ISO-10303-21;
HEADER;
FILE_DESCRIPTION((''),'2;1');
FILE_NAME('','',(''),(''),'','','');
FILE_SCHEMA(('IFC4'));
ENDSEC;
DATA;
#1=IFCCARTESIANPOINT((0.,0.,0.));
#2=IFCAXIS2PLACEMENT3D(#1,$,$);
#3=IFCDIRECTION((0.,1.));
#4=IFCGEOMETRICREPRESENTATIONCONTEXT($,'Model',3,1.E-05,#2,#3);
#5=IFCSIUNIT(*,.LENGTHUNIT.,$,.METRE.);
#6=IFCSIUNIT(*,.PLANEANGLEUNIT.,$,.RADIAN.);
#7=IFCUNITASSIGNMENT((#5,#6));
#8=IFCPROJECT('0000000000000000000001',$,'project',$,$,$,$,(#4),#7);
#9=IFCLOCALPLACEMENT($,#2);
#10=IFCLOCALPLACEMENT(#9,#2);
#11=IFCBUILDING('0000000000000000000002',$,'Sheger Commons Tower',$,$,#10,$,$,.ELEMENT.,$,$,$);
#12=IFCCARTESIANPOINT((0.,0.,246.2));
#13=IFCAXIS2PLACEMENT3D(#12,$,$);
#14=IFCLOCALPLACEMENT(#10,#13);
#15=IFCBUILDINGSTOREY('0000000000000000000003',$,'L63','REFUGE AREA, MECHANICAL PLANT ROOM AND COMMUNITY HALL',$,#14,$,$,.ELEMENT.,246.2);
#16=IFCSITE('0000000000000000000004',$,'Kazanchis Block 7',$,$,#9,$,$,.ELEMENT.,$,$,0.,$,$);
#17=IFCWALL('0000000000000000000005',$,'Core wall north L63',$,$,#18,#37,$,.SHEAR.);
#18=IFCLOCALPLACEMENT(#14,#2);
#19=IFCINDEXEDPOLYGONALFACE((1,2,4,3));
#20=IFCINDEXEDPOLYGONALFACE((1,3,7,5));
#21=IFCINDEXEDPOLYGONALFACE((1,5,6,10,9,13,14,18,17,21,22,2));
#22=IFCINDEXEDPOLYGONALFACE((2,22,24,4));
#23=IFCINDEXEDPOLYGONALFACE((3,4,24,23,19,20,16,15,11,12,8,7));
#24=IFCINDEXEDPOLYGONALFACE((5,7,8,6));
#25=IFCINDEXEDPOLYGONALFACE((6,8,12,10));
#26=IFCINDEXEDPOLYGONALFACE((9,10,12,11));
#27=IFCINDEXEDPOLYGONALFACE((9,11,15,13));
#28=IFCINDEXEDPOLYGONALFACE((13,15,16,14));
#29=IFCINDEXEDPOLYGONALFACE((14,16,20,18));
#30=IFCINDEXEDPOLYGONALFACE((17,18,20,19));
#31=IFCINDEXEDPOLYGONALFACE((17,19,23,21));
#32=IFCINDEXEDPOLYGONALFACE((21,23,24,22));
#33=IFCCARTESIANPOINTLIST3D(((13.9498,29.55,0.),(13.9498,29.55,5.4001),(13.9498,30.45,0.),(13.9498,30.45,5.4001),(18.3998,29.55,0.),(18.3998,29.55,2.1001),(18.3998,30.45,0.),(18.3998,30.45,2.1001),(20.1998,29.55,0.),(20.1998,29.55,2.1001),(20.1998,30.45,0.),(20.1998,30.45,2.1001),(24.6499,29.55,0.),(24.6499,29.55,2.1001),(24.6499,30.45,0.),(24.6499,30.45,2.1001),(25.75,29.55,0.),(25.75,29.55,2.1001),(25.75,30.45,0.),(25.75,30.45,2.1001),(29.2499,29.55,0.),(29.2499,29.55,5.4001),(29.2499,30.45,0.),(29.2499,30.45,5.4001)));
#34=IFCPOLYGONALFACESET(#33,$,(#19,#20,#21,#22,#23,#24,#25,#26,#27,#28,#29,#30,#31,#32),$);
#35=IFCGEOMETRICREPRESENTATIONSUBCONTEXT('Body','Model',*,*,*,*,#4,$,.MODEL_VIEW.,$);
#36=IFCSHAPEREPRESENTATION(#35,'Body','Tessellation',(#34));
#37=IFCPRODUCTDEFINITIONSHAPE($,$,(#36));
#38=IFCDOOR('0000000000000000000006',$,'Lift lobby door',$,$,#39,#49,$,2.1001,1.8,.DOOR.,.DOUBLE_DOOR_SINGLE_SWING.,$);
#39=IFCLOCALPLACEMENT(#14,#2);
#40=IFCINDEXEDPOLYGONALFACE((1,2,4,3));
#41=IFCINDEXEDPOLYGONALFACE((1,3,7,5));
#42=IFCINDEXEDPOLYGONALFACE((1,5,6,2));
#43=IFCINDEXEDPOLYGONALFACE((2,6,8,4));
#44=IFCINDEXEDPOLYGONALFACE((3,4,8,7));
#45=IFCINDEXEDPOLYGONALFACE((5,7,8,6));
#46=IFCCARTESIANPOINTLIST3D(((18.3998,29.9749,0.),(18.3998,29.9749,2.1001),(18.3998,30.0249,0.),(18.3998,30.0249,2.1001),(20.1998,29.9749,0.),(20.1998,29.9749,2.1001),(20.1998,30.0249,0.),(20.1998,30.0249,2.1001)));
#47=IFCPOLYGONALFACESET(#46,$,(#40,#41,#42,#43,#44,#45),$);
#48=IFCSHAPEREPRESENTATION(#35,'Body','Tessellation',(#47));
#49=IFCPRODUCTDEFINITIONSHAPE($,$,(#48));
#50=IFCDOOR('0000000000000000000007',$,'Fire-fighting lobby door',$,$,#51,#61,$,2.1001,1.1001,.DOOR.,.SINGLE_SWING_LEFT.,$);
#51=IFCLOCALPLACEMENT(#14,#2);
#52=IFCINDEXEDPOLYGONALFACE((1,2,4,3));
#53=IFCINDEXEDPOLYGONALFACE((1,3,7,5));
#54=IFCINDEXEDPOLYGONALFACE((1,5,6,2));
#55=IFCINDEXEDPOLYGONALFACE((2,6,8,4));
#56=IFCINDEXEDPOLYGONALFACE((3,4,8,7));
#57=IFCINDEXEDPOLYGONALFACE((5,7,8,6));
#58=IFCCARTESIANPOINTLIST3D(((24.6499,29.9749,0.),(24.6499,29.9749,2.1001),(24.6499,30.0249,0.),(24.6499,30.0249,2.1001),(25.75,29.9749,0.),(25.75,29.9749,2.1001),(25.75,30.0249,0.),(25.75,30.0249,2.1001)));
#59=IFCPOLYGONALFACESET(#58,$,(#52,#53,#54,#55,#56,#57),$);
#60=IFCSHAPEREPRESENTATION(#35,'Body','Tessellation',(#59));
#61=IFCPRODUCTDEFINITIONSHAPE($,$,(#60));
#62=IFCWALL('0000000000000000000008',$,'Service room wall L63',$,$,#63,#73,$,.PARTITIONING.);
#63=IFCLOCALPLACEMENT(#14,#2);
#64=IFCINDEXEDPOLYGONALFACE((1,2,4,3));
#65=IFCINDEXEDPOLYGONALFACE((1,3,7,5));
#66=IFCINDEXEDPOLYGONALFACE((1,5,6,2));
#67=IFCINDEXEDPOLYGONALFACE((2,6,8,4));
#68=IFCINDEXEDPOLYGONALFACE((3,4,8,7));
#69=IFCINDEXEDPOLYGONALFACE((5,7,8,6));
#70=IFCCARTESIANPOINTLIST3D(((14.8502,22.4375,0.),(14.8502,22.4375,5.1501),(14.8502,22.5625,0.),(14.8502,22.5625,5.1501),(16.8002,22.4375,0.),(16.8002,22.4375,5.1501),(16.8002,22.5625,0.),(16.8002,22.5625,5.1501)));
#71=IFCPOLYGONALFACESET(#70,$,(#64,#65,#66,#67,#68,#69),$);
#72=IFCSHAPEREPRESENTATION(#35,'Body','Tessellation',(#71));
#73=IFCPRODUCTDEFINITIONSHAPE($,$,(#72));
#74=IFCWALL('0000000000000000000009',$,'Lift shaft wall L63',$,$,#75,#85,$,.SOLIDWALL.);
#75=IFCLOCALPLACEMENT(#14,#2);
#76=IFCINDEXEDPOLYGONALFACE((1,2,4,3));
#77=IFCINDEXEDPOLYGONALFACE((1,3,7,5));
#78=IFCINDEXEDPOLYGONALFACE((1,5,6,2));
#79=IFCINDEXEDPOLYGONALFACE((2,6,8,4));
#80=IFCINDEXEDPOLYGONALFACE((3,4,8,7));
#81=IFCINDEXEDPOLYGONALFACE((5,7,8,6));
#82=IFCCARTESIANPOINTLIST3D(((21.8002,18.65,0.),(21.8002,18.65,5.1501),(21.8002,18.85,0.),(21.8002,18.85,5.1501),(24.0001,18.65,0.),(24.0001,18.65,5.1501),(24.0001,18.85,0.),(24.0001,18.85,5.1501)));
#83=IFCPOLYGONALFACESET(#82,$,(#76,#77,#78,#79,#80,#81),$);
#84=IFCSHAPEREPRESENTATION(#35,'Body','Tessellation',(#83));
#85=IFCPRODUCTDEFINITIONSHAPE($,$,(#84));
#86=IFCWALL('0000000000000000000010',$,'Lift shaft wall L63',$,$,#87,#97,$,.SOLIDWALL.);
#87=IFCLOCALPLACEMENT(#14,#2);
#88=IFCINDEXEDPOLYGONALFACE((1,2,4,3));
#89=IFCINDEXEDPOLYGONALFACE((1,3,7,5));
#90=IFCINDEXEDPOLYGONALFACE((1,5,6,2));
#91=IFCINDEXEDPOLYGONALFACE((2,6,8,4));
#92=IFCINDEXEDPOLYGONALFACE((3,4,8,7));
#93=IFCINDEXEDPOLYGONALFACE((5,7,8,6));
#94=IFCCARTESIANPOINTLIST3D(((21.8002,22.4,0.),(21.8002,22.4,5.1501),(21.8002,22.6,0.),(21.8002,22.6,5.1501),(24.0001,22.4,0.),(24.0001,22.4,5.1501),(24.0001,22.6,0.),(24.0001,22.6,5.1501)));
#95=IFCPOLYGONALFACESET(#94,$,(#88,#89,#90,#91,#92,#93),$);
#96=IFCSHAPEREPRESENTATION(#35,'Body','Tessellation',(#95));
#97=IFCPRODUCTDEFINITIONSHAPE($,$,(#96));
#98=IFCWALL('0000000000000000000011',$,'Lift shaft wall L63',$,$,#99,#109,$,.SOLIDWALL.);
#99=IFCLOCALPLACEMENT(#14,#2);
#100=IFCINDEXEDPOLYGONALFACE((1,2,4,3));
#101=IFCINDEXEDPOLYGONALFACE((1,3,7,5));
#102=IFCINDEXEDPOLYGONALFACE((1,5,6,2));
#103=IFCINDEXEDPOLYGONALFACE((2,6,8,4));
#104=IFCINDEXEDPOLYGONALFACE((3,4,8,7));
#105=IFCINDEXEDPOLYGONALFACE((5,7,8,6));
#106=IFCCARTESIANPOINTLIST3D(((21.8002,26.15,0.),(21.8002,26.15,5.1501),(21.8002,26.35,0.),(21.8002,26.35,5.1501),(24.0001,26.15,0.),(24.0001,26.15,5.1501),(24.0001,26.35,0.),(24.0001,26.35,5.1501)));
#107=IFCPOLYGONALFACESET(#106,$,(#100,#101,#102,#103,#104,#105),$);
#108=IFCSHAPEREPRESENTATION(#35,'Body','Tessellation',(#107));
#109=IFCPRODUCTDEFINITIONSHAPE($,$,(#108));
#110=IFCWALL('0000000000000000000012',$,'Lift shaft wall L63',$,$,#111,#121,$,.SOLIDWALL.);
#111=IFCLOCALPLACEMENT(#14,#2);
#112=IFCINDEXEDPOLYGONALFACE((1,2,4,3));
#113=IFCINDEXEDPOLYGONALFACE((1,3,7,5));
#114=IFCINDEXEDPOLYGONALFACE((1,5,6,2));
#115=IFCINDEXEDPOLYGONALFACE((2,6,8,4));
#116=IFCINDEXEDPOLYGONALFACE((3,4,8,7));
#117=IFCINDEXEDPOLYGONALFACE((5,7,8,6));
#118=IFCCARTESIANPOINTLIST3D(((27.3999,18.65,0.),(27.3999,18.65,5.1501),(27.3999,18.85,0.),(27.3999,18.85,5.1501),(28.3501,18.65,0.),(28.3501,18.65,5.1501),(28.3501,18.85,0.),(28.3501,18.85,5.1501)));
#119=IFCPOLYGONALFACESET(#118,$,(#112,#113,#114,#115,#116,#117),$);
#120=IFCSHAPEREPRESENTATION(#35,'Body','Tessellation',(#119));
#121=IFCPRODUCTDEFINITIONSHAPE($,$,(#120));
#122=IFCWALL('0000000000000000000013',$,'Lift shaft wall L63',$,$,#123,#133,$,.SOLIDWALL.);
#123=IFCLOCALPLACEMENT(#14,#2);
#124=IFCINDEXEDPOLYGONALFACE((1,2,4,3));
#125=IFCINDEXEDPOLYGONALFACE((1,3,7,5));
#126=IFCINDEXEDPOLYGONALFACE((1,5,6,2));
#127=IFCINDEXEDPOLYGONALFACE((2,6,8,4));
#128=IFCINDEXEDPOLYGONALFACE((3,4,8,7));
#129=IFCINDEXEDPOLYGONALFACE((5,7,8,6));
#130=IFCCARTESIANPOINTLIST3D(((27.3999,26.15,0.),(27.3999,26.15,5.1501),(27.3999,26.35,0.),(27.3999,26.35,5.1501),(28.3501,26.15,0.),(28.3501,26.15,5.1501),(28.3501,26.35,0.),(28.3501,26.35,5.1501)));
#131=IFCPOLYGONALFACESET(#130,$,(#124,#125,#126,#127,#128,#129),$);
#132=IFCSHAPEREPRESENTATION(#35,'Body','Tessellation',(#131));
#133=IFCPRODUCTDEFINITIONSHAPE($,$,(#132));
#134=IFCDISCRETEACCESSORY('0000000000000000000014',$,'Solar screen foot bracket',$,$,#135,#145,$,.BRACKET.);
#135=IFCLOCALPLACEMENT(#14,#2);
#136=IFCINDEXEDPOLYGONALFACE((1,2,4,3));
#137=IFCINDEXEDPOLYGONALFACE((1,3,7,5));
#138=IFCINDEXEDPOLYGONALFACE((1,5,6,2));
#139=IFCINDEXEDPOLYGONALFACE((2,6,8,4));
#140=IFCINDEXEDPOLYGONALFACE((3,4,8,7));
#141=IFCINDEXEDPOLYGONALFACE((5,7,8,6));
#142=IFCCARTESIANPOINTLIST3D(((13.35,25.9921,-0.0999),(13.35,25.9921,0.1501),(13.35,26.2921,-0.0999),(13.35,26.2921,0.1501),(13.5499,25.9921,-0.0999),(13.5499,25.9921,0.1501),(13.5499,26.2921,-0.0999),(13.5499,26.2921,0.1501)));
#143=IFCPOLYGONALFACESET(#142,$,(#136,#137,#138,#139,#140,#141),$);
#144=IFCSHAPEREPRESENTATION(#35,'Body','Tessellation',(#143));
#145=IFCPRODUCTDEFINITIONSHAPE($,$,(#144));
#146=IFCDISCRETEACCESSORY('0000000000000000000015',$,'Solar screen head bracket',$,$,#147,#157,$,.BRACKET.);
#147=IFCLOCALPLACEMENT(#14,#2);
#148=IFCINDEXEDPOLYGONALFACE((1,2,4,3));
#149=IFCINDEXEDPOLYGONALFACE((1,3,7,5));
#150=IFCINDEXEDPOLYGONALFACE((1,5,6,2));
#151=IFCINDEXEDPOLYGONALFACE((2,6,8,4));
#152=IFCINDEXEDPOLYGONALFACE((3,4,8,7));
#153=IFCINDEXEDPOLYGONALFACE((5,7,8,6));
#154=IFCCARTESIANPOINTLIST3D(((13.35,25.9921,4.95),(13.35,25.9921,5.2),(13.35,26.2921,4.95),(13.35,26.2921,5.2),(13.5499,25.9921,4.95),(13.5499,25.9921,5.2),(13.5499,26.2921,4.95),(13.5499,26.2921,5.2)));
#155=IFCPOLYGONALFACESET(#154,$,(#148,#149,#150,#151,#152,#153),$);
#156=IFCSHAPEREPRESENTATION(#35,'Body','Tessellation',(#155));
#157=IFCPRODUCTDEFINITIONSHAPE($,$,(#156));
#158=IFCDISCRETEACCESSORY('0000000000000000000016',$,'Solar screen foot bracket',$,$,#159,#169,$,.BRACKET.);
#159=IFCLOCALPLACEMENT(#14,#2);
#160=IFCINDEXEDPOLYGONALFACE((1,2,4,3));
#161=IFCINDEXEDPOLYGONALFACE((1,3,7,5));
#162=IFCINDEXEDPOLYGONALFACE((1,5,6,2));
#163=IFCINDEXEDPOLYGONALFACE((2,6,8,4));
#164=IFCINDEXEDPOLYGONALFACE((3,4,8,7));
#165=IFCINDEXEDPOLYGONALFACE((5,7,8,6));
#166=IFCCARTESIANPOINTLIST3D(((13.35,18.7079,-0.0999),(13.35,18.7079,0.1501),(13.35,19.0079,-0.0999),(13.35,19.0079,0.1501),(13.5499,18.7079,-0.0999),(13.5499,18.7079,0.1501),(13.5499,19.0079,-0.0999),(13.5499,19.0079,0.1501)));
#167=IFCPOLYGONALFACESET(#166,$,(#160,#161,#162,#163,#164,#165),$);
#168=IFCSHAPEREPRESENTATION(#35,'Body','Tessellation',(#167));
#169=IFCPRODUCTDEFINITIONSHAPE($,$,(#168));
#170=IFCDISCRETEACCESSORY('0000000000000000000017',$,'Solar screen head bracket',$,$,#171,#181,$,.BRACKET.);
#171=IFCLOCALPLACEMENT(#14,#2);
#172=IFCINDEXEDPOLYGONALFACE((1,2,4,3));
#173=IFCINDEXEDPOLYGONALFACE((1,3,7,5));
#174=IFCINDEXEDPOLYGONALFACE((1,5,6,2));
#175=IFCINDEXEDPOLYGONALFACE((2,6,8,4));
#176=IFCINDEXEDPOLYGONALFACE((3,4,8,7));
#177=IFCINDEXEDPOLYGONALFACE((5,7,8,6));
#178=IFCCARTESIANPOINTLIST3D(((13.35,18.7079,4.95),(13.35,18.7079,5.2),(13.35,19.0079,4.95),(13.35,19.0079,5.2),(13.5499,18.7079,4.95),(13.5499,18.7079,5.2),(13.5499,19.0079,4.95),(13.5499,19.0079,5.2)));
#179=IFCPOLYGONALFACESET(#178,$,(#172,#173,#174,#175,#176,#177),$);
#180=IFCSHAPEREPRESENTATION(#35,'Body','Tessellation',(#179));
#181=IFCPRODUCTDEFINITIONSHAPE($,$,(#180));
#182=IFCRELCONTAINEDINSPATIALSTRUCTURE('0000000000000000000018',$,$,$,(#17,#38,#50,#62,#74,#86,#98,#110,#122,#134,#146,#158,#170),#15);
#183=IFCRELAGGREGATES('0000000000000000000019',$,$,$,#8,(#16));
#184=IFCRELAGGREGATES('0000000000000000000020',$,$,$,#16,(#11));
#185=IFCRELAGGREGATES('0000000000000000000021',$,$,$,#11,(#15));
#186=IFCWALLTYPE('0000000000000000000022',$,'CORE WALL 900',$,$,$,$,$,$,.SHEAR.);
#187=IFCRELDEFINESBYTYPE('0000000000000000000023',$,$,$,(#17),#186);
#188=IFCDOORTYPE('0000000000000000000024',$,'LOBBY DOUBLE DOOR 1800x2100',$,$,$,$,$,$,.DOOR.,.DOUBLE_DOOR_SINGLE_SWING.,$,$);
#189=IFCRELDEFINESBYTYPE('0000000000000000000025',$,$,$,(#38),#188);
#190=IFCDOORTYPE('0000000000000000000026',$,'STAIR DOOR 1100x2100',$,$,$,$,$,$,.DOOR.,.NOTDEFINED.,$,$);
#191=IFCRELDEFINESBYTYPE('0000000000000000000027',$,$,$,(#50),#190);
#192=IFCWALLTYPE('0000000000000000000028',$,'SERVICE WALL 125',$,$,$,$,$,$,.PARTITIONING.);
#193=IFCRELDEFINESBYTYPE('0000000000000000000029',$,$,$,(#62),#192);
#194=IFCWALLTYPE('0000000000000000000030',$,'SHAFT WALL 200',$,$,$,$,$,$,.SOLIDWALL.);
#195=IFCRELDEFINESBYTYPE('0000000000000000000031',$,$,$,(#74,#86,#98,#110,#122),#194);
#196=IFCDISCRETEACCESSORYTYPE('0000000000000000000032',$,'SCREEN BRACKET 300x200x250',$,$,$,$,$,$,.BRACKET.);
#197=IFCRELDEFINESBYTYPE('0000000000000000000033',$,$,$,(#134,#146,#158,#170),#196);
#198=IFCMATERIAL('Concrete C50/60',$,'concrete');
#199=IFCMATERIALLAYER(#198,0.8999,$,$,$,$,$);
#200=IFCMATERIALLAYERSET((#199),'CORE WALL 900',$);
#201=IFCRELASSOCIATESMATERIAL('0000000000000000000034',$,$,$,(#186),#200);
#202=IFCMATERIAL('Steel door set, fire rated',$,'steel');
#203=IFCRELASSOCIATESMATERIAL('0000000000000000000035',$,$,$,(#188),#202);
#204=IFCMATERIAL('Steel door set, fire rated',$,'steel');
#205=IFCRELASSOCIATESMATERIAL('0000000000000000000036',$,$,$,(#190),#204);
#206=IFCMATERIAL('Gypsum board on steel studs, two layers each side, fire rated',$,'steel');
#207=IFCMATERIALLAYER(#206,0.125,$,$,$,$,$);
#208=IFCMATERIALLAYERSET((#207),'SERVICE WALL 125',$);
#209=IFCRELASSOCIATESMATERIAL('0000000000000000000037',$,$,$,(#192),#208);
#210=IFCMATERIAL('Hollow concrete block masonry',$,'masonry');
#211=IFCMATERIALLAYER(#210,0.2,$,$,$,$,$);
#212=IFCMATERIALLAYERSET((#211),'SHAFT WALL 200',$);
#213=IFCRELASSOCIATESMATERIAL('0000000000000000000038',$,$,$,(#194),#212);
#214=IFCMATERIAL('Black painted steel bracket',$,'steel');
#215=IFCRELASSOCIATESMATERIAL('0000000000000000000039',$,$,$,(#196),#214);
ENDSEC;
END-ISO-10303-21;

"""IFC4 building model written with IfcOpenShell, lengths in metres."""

from ifc_helpers import new_model, si_unit, direction, frame, frame_2d, origin, origin_2d, place, context, subcontext, project, spatial, rectangle, extrude, material, layer, layer_set, type_object, element, fill, save


model = new_model("IFC4")

# Units and contexts
model_context = context("Model", 3, precision=1e-05, world=origin(), true_north=direction((0.0, 1.0)))
body_context = subcontext(model_context, "Body", "Model", "MODEL_VIEW")
ifc_project = project(units=[si_unit("LENGTHUNIT", "METRE"), si_unit("PLANEANGLEUNIT", "RADIAN")], contexts=[model_context])

# Site, building, storey
site_placement = place(None, origin())
site = spatial("IfcSite", under=ifc_project, at=site_placement, Name="Kazanchis Block 7", CompositionType="ELEMENT", RefElevation=0.0)
building_placement = place(site_placement, origin())
building = spatial("IfcBuilding", under=site, at=building_placement, Name="Sheger Commons Tower", CompositionType="ELEMENT")
storey_placement = place(building_placement, frame((0.0, 0.0, 246.2)))
storey = spatial("IfcBuildingStorey", under=building, at=storey_placement, Name="L63", Description="REFUGE AREA, MECHANICAL PLANT ROOM AND COMMUNITY HALL", CompositionType="ELEMENT", Elevation=246.2)

# Wall, openings, doors
ifc_material_1 = material(Name="Concrete C50/60", Category="concrete")
ifc_layer_1 = layer(ifc_material_1, 0.8999)
ifc_layer_set_1 = layer_set([ifc_layer_1], Name="CORE WALL 900")
wall_type_1 = type_object("IfcWallType", Name="CORE WALL 900", PredefinedType="SHEAR", material=ifc_layer_set_1)
wall_1_placement = place(storey_placement, frame((13.95, 30.0, 0.0), z_axis=(0.0, 0.0, 1.0), x_axis=(1.0, 0.0, 0.0)))
wall_1 = element("IfcWall", 1, at=wall_1_placement, inside=storey, type_object=wall_type_1, Name="Core wall north L63", PredefinedType="SHEAR", context=body_context, shape_type="SweptSolid", body=[
    extrude(rectangle(XDim=15.3, YDim=0.8999, at=frame_2d((7.6499, 0.0))), origin(), (0.0, 0.0, 1.0), 5.4001),
])
opening_1_placement = place(wall_1_placement, frame((4.45, 0.0, 0.0)))
opening_1 = element("IfcOpeningElement", 2, at=opening_1_placement, cuts=wall_1, PredefinedType="OPENING", context=body_context, shape_type="SweptSolid", body=[
    extrude(rectangle(XDim=1.8, YDim=2.1001, at=frame_2d((0.8999, 1.05))), frame((0.0, 0.46, 0.0), z_axis=(0.0, -1.0, 0.0), x_axis=(1.0, 0.0, 0.0)), (0.0, 0.0, 1.0), 0.9199),
])
opening_2_placement = place(wall_1_placement, frame((10.7, 0.0, 0.0)))
opening_2 = element("IfcOpeningElement", 3, at=opening_2_placement, cuts=wall_1, PredefinedType="OPENING", context=body_context, shape_type="SweptSolid", body=[
    extrude(rectangle(XDim=1.1001, YDim=2.1001, at=frame_2d((0.55, 1.05))), frame((0.0, 0.46, 0.0), z_axis=(0.0, -1.0, 0.0), x_axis=(1.0, 0.0, 0.0)), (0.0, 0.0, 1.0), 0.9199),
])
ifc_material_2 = material(Name="Steel door set, fire rated", Category="steel")
door_type_1 = type_object("IfcDoorType", Name="LOBBY DOUBLE DOOR 1800x2100", OperationType="DOUBLE_DOOR_SINGLE_SWING", PredefinedType="DOOR", material=ifc_material_2)
door_1_placement = place(opening_1_placement, origin())
door_1 = element("IfcDoor", 4, at=door_1_placement, inside=storey, type_object=door_type_1, Name="Lift lobby door", OperationType="DOUBLE_DOOR_SINGLE_SWING", OverallHeight=2.1001, OverallWidth=1.8, PredefinedType="DOOR", context=body_context, shape_type="SweptSolid", body=[
    extrude(rectangle(XDim=1.8, YDim=2.1001, at=frame_2d((0.8999, 1.05))), frame((0.0, 0.0249, 0.0), z_axis=(0.0, -1.0, 0.0), x_axis=(1.0, 0.0, 0.0)), (0.0, 0.0, 1.0), 0.05),
])
fill(opening_1, door_1)
ifc_material_3 = material(Name="Steel door set, fire rated", Category="steel")
door_type_2 = type_object("IfcDoorType", Name="STAIR DOOR 1100x2100", OperationType="NOTDEFINED", PredefinedType="DOOR", material=ifc_material_3)
door_2_placement = place(opening_2_placement, origin())
door_2 = element("IfcDoor", 5, at=door_2_placement, inside=storey, type_object=door_type_2, Name="Fire-fighting lobby door", OperationType="SINGLE_SWING_LEFT", OverallHeight=2.1001, OverallWidth=1.1001, PredefinedType="DOOR", context=body_context, shape_type="SweptSolid", body=[
    extrude(rectangle(XDim=1.1001, YDim=2.1001, at=frame_2d((0.55, 1.05))), frame((0.0, 0.0249, 0.0), z_axis=(0.0, -1.0, 0.0), x_axis=(1.0, 0.0, 0.0)), (0.0, 0.0, 1.0), 0.05),
])
fill(opening_2, door_2)

# Walls
ifc_material_4 = material(Name="Gypsum board on steel studs, two layers each side, fire rated", Category="steel")
ifc_layer_2 = layer(ifc_material_4, 0.125)
ifc_layer_set_2 = layer_set([ifc_layer_2], Name="SERVICE WALL 125")
wall_type_2 = type_object("IfcWallType", Name="SERVICE WALL 125", PredefinedType="PARTITIONING", material=ifc_layer_set_2)
wall_2_placement = place(storey_placement, frame((14.8501, 22.5, 0.0), z_axis=(0.0, 0.0, 1.0), x_axis=(1.0, 0.0, 0.0)))
element("IfcWall", 6, at=wall_2_placement, inside=storey, type_object=wall_type_2, Name="Service room wall L63", PredefinedType="PARTITIONING", context=body_context, shape_type="SweptSolid", body=[
    extrude(rectangle(XDim=1.95, YDim=0.125, at=frame_2d((0.9751, 0.0))), origin(), (0.0, 0.0, 1.0), 5.1501),
])
ifc_material_5 = material(Name="Hollow concrete block masonry", Category="masonry")
ifc_layer_3 = layer(ifc_material_5, 0.2)
ifc_layer_set_3 = layer_set([ifc_layer_3], Name="SHAFT WALL 200")
wall_type_3 = type_object("IfcWallType", Name="SHAFT WALL 200", PredefinedType="SOLIDWALL", material=ifc_layer_set_3)
for number, where, z_axis, x_axis, name in (
    (7, (21.8, 18.75, 0.0), (0.0, 0.0, 1.0), (1.0, 0.0, 0.0), "Lift shaft wall L63"),
    (8, (21.8, 22.5, 0.0), (0.0, 0.0, 1.0), (1.0, 0.0, 0.0), "Lift shaft wall L63"),
    (9, (21.8, 26.25, 0.0), (0.0, 0.0, 1.0), (1.0, 0.0, 0.0), "Lift shaft wall L63"),
):
    element("IfcWall", number, at=place(storey_placement, frame(where, z_axis=z_axis, x_axis=x_axis)), inside=storey, type_object=wall_type_3, Name=name, PredefinedType="SOLIDWALL", context=body_context, shape_type="SweptSolid", body=[
        extrude(rectangle(XDim=2.2, YDim=0.2, at=frame_2d((1.1001, 0.0))), origin(), (0.0, 0.0, 1.0), 5.1501),
    ])
for number, where, z_axis, x_axis, name in (
    (10, (27.3999, 18.75, 0.0), (0.0, 0.0, 1.0), (1.0, 0.0, 0.0), "Lift shaft wall L63"),
    (11, (27.3999, 26.25, 0.0), (0.0, 0.0, 1.0), (1.0, 0.0, 0.0), "Lift shaft wall L63"),
):
    element("IfcWall", number, at=place(storey_placement, frame(where, z_axis=z_axis, x_axis=x_axis)), inside=storey, type_object=wall_type_3, Name=name, PredefinedType="SOLIDWALL", context=body_context, shape_type="SweptSolid", body=[
        extrude(rectangle(XDim=0.9502, YDim=0.2, at=frame_2d((0.4751, 0.0))), origin(), (0.0, 0.0, 1.0), 5.1501),
    ])

# Discrete accessories
ifc_material_6 = material(Name="Black painted steel bracket", Category="steel")
discrete_accessory_type = type_object("IfcDiscreteAccessoryType", Name="SCREEN BRACKET 300x200x250", PredefinedType="BRACKET", material=ifc_material_6)
for number, where, z_axis, x_axis, name in (
    (12, (13.45, 26.1421, -0.0999), (0.0, 0.0, 1.0), (0.0, -1.0, 0.0), "Solar screen foot bracket"),
    (13, (13.45, 26.1421, 4.95), (0.0, 0.0, 1.0), (0.0, -1.0, 0.0), "Solar screen head bracket"),
    (14, (13.45, 18.8579, -0.0999), (0.0, 0.0, 1.0), (0.0, -1.0, 0.0), "Solar screen foot bracket"),
    (15, (13.45, 18.8579, 4.95), (0.0, 0.0, 1.0), (0.0, -1.0, 0.0), "Solar screen head bracket"),
):
    element("IfcDiscreteAccessory", number, at=place(storey_placement, frame(where, z_axis=z_axis, x_axis=x_axis)), inside=storey, type_object=discrete_accessory_type, Name=name, PredefinedType="BRACKET", context=body_context, shape_type="SweptSolid", body=[
        extrude(rectangle(XDim=0.3, YDim=0.2, at=origin_2d()), origin(), (0.0, 0.0, 1.0), 0.25),
    ])

save(model, "model.ifc")
